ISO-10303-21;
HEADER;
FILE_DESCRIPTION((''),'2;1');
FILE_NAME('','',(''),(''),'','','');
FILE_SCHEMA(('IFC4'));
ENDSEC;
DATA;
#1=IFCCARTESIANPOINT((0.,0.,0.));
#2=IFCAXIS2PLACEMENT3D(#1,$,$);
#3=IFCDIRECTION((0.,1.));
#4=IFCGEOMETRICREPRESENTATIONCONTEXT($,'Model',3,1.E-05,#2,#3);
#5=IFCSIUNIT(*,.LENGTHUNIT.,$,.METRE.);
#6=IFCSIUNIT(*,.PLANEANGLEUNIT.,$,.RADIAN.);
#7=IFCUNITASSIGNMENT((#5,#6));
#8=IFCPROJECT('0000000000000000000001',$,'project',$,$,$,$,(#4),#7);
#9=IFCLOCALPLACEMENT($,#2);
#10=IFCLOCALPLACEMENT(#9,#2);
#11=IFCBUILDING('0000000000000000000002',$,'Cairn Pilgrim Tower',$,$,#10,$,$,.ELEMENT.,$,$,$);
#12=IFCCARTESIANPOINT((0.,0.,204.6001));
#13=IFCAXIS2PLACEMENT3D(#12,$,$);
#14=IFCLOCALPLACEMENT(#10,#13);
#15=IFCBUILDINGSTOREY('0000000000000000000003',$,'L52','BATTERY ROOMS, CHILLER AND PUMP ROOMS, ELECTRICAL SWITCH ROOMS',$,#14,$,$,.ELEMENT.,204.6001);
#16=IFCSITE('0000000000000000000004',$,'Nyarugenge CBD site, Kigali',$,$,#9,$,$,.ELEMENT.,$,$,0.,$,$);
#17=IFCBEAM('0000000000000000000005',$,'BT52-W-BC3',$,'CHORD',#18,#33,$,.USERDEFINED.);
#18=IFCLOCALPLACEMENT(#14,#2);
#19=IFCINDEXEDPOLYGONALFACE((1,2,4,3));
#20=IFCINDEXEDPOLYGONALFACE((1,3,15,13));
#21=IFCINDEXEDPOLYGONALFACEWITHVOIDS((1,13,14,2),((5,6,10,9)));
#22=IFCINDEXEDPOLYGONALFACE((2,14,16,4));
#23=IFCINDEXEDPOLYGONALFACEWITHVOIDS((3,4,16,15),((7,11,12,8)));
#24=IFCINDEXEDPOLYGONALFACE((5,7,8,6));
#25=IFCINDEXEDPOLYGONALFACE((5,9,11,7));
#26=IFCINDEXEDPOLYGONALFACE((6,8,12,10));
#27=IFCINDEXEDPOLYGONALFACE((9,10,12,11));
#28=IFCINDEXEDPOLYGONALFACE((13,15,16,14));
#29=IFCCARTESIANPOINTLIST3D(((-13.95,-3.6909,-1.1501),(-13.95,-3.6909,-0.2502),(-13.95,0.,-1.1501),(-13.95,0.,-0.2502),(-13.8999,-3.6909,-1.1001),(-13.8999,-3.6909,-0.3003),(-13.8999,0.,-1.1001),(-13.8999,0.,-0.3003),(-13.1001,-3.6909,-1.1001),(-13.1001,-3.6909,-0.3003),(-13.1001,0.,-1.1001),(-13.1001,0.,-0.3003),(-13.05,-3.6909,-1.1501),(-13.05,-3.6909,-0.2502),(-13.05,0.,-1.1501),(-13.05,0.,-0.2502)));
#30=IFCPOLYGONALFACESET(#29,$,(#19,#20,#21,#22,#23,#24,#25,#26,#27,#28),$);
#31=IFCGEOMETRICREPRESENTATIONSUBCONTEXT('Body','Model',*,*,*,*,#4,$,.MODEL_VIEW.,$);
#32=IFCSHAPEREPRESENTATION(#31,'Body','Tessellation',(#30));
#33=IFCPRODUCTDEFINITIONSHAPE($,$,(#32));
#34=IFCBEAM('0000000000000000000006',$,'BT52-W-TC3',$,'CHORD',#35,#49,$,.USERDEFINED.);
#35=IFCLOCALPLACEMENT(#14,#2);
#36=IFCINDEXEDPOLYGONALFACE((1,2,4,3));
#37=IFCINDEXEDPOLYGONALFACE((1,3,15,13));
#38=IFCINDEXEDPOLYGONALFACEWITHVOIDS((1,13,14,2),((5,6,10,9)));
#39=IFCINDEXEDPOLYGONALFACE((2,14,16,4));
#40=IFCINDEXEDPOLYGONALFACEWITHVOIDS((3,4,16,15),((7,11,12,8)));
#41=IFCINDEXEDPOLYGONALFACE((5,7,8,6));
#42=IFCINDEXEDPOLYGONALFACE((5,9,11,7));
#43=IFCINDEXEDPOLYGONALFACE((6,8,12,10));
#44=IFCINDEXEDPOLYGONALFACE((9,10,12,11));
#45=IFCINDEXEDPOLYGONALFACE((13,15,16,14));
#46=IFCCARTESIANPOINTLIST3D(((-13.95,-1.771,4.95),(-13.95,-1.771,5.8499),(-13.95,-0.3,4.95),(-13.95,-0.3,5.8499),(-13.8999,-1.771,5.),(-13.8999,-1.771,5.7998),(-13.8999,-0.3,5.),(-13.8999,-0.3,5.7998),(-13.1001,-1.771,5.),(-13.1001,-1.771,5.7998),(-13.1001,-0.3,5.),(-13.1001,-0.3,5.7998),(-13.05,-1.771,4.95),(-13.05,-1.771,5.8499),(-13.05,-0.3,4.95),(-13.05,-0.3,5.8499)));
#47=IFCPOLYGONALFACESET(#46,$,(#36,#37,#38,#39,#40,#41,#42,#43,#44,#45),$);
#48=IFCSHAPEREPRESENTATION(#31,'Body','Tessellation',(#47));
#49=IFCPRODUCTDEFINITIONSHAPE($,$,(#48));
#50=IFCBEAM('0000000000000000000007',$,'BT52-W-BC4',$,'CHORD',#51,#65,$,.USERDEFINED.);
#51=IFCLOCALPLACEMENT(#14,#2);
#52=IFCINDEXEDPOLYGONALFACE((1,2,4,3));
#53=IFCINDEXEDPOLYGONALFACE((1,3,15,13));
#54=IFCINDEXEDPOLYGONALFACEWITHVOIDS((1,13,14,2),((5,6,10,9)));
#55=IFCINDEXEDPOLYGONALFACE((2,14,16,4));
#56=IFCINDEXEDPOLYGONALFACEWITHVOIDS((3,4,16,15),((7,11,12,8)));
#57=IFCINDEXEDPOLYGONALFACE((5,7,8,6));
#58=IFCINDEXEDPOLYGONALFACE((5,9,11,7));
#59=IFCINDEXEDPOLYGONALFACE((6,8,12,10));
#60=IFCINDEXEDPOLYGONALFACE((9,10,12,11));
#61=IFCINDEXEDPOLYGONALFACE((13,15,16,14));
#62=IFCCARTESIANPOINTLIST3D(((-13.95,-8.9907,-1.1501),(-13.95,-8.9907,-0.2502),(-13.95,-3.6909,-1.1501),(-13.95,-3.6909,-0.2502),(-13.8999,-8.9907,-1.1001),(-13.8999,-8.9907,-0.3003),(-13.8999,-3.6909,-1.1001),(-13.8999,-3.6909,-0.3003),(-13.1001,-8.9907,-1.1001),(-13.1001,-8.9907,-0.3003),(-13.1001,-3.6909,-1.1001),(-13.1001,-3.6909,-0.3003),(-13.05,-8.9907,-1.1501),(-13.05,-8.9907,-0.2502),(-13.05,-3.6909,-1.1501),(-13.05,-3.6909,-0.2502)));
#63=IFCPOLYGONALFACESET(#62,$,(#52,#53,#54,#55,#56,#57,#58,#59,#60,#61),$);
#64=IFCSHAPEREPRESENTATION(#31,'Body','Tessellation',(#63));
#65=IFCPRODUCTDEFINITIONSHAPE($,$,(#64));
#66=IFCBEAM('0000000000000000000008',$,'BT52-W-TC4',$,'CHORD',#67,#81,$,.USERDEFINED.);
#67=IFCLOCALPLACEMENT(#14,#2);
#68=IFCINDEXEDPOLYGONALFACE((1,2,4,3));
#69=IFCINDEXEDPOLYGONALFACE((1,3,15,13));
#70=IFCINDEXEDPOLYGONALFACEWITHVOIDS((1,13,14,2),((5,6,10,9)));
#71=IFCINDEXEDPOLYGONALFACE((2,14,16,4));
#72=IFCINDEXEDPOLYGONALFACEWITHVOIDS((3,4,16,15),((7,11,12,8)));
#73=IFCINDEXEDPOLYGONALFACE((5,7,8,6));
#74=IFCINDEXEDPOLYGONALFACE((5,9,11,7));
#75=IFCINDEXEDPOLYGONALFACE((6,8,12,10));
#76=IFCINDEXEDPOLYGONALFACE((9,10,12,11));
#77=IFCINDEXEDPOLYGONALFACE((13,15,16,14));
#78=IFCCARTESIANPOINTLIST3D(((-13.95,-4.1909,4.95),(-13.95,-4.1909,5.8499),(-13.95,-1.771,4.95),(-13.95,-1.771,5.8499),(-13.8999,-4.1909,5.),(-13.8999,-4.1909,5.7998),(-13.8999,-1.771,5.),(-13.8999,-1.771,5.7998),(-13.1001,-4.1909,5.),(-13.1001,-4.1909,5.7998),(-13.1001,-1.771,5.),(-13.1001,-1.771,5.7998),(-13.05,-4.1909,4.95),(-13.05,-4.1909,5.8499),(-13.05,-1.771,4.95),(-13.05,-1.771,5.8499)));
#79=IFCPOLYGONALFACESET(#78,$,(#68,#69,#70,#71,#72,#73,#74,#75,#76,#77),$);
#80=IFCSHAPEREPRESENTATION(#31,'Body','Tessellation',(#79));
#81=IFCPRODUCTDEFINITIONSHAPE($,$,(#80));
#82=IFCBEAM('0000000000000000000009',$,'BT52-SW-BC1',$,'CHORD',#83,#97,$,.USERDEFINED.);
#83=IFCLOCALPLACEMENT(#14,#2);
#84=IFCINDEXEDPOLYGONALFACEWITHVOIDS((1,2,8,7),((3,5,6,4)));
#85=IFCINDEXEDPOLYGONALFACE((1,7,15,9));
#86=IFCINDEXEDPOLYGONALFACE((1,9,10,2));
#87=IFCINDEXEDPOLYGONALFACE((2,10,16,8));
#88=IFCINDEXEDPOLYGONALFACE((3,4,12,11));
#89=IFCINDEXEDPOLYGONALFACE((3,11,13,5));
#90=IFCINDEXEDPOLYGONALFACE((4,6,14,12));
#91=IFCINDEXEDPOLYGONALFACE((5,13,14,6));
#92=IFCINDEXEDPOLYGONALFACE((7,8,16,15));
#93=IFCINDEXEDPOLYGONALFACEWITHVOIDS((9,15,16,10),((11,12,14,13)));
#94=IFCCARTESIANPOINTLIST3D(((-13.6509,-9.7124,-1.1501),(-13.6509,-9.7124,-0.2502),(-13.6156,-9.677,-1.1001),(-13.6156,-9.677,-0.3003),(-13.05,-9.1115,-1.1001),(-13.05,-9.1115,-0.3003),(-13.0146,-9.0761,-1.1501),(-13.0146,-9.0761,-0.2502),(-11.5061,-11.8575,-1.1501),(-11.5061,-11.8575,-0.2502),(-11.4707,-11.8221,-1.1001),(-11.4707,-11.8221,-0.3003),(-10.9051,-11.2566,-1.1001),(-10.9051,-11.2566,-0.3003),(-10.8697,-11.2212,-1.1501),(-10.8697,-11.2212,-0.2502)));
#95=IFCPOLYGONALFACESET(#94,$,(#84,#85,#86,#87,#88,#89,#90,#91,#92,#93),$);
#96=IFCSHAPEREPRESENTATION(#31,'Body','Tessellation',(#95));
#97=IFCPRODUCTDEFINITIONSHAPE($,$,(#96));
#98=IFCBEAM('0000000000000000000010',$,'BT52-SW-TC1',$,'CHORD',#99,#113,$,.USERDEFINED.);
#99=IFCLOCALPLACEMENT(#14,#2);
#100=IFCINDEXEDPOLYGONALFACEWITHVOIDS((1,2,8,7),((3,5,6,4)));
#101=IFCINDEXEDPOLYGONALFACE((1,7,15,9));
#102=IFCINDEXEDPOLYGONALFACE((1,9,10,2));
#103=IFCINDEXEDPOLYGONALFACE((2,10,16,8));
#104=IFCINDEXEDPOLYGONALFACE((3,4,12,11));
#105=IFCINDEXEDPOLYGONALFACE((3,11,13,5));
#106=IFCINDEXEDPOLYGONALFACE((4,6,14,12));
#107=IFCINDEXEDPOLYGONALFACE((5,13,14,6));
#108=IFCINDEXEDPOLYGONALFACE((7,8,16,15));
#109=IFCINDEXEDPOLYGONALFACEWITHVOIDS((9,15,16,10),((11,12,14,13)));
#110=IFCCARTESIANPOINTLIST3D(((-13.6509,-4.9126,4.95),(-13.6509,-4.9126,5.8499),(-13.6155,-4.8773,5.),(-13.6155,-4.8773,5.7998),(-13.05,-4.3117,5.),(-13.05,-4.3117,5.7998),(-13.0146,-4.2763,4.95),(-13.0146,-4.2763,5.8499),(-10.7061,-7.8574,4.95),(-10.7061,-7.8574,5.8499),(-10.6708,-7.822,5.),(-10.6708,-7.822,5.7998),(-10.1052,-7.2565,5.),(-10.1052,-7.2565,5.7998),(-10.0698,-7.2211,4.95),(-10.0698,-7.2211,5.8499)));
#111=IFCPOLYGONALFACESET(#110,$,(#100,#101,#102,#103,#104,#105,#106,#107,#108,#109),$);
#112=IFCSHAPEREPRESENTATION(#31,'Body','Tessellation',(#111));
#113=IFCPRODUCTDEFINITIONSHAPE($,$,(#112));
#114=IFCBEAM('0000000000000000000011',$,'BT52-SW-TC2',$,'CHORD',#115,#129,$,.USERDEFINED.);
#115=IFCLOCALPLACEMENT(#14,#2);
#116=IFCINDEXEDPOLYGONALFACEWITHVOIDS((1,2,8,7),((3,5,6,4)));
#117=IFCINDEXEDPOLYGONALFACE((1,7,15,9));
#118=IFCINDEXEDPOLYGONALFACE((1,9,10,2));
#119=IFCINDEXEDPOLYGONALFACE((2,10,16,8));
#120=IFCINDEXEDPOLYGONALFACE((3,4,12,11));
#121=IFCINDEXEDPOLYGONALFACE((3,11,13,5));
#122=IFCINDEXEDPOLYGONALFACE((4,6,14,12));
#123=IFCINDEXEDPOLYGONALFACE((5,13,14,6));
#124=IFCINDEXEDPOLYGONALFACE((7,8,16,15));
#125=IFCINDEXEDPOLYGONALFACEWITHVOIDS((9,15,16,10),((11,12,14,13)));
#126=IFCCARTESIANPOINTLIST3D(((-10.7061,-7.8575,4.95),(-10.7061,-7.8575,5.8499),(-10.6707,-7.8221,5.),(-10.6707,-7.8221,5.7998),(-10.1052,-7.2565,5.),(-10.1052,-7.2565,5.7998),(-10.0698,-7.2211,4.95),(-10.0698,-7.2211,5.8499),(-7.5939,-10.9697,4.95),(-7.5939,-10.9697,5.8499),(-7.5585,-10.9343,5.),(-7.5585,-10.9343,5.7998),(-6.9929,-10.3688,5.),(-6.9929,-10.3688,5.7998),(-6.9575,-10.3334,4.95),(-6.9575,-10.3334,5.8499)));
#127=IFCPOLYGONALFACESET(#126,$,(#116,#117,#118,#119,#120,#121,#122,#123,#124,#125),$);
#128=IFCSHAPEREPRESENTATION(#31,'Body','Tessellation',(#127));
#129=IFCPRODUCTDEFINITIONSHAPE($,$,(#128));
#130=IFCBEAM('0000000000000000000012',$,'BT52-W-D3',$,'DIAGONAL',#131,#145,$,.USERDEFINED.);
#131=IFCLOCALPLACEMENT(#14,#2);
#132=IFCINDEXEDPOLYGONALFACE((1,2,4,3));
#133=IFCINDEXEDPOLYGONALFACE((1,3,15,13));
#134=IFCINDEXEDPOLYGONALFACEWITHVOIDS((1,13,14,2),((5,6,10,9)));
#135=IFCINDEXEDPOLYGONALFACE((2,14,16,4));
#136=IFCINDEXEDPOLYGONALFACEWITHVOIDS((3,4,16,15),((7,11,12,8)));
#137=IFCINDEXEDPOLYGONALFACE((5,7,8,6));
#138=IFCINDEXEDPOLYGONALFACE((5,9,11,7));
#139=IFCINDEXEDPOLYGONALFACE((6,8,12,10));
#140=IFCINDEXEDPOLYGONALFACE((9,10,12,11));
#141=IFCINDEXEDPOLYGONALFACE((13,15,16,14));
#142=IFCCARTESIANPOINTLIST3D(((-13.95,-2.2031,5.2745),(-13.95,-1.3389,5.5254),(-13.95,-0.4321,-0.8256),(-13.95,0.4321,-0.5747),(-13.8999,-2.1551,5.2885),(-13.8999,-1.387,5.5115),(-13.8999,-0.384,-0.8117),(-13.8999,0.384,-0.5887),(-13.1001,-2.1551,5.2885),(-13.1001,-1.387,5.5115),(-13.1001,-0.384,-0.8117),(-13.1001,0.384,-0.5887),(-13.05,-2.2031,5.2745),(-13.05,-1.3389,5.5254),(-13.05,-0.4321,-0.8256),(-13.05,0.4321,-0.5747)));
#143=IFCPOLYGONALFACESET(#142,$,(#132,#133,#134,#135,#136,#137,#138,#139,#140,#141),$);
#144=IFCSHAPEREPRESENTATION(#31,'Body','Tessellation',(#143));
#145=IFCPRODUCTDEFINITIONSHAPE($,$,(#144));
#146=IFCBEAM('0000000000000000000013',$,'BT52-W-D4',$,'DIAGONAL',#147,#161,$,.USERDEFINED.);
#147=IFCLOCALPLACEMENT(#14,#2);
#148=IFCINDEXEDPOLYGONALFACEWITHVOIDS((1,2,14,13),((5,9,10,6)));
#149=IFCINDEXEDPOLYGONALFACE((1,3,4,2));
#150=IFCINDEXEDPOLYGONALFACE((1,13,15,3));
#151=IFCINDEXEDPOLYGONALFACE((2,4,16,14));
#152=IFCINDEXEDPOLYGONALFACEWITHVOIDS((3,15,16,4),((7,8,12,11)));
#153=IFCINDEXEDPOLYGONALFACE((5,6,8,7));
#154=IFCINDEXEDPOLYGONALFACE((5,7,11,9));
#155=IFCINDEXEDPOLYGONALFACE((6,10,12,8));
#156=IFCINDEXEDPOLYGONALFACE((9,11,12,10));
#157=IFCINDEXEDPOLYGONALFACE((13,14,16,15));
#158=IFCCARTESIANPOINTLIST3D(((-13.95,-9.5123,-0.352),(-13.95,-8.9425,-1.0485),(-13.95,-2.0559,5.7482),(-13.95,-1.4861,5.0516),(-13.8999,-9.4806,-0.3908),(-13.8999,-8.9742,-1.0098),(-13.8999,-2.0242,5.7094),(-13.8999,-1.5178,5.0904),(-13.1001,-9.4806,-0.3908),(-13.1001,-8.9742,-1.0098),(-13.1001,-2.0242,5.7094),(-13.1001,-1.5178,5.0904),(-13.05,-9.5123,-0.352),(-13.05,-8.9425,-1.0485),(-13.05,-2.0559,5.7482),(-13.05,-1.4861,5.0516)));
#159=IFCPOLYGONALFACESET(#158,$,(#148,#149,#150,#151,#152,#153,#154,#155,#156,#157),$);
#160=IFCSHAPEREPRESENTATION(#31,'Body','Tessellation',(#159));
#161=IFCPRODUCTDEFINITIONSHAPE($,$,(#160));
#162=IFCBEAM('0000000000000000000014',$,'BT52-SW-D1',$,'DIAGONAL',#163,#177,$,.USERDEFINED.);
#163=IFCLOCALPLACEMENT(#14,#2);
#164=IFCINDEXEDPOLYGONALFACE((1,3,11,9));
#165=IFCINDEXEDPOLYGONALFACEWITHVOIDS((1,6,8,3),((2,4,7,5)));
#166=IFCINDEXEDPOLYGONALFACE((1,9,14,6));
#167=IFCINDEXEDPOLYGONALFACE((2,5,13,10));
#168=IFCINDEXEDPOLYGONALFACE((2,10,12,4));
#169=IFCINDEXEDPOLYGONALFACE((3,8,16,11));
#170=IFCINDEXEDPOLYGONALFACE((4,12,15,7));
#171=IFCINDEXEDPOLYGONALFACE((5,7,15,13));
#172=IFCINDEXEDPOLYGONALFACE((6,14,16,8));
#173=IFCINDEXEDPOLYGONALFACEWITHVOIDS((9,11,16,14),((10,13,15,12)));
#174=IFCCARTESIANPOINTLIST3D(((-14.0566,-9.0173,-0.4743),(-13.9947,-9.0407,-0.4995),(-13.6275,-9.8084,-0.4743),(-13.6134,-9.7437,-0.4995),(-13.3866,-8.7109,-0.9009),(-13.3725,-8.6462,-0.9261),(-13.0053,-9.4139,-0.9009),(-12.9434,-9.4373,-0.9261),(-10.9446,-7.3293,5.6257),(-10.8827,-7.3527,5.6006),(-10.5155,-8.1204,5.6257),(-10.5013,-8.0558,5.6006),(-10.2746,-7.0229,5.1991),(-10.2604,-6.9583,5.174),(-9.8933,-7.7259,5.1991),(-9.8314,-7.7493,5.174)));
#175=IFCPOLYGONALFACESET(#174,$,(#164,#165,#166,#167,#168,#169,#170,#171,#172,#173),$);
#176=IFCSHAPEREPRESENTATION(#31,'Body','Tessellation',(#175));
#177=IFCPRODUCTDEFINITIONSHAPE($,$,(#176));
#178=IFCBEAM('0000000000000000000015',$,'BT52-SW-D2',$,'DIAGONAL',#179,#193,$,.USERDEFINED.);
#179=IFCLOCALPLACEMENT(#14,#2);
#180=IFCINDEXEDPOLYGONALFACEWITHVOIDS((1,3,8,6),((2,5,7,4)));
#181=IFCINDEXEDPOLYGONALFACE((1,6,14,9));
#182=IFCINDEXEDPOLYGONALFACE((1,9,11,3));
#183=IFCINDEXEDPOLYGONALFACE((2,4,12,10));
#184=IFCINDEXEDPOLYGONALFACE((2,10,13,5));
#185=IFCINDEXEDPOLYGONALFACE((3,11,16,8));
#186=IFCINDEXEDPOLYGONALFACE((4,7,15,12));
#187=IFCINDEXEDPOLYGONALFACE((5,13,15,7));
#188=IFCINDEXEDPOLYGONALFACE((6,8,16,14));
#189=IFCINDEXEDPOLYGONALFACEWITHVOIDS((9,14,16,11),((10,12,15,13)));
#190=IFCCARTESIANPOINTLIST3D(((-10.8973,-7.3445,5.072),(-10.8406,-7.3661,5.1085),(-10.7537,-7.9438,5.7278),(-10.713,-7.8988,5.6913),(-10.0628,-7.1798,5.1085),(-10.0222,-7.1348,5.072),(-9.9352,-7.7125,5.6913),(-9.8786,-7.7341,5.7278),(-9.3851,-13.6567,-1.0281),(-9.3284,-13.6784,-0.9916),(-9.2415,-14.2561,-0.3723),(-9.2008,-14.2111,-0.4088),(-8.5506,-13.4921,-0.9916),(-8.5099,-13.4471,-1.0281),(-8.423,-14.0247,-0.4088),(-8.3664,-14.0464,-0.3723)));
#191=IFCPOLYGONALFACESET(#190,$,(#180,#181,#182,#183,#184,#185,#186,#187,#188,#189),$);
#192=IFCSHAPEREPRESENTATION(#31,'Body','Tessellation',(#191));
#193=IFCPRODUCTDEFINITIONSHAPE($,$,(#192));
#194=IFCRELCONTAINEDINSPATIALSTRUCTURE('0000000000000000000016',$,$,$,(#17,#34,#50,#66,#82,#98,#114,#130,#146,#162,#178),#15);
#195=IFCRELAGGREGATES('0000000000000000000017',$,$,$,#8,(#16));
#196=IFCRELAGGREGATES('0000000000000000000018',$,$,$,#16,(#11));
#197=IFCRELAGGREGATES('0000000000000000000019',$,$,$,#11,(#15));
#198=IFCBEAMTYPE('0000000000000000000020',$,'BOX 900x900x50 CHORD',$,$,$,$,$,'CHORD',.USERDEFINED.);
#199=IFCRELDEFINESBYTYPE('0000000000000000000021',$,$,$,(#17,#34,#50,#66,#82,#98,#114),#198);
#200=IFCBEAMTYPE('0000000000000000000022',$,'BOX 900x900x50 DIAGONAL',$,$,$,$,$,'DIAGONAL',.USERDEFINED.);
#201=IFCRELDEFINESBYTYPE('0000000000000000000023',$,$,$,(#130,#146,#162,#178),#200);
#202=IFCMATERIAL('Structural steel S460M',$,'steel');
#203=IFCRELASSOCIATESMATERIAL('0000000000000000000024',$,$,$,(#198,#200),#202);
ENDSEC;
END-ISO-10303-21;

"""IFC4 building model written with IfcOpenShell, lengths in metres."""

from ifc_helpers import new_model, si_unit, direction, frame, origin, origin_2d, place, context, subcontext, project, spatial, hollow_rectangle, extrude, material, material_profile, profile_set, type_object, element, save


model = new_model("IFC4")

# Units and contexts
model_context = context("Model", 3, precision=1e-05, world=origin(), true_north=direction((0.0, 1.0)))
body_context = subcontext(model_context, "Body", "Model", "MODEL_VIEW")
ifc_project = project(units=[si_unit("LENGTHUNIT", "METRE"), si_unit("PLANEANGLEUNIT", "RADIAN")], contexts=[model_context])

# Site, building, storey
site_placement = place(None, origin())
site = spatial("IfcSite", under=ifc_project, at=site_placement, Name="Nyarugenge CBD site, Kigali", CompositionType="ELEMENT", RefElevation=0.0)
building_placement = place(site_placement, origin())
building = spatial("IfcBuilding", under=site, at=building_placement, Name="Cairn Pilgrim Tower", CompositionType="ELEMENT")
storey_placement = place(building_placement, frame((0.0, 0.0, 204.6001)))
storey = spatial("IfcBuildingStorey", under=building, at=storey_placement, Name="L52", Description="BATTERY ROOMS, CHILLER AND PUMP ROOMS, ELECTRICAL SWITCH ROOMS", CompositionType="ELEMENT", Elevation=204.6001)

# Shared definitions
ifc_material_1 = material(Name="Structural steel S460M", Category="steel")

# Beams
ifc_material_profile_1 = material_profile(ifc_material_1, hollow_rectangle(XDim=0.8999, YDim=0.8999, WallThickness=0.05, at=origin_2d()), Name="BOX 900x900x50")
ifc_profile_set_1 = profile_set([ifc_material_profile_1], Name="Structural steel S460M")
beam_type_1 = type_object("IfcBeamType", Name="BOX 900x900x50 CHORD", ElementType="CHORD", PredefinedType="USERDEFINED", material=ifc_profile_set_1)
beam_1_placement = place(storey_placement, frame((-13.5, 0.0, -0.7002), z_axis=(0.0, -1.0, 0.0), x_axis=(1.0, 0.0, 0.0)))
element("IfcBeam", 1, at=beam_1_placement, inside=storey, type_object=beam_type_1, Name="BT52-W-BC3", ObjectType="CHORD", PredefinedType="USERDEFINED", context=body_context, shape_type="SweptSolid", body=[
    extrude(hollow_rectangle(XDim=0.8999, YDim=0.8999, WallThickness=0.05, at=origin_2d()), origin(), (0.0, 0.0, 1.0), 3.6909),
])
beam_2_placement = place(storey_placement, frame((-13.5, -0.3, 5.3999), z_axis=(0.0, -1.0, 0.0), x_axis=(1.0, 0.0, 0.0)))
element("IfcBeam", 2, at=beam_2_placement, inside=storey, type_object=beam_type_1, Name="BT52-W-TC3", ObjectType="CHORD", PredefinedType="USERDEFINED", context=body_context, shape_type="SweptSolid", body=[
    extrude(hollow_rectangle(XDim=0.8999, YDim=0.8999, WallThickness=0.05, at=origin_2d()), origin(), (0.0, 0.0, 1.0), 1.4709),
])
beam_3_placement = place(storey_placement, frame((-13.5, -3.6909, -0.7002), z_axis=(0.0, -1.0, 0.0), x_axis=(1.0, 0.0, 0.0)))
element("IfcBeam", 3, at=beam_3_placement, inside=storey, type_object=beam_type_1, Name="BT52-W-BC4", ObjectType="CHORD", PredefinedType="USERDEFINED", context=body_context, shape_type="SweptSolid", body=[
    extrude(hollow_rectangle(XDim=0.8999, YDim=0.8999, WallThickness=0.05, at=origin_2d()), origin(), (0.0, 0.0, 1.0), 5.2998),
])
beam_4_placement = place(storey_placement, frame((-13.5, -1.771, 5.3999), z_axis=(0.0, -1.0, 0.0), x_axis=(1.0, 0.0, 0.0)))
element("IfcBeam", 4, at=beam_4_placement, inside=storey, type_object=beam_type_1, Name="BT52-W-TC4", ObjectType="CHORD", PredefinedType="USERDEFINED", context=body_context, shape_type="SweptSolid", body=[
    extrude(hollow_rectangle(XDim=0.8999, YDim=0.8999, WallThickness=0.05, at=origin_2d()), origin(), (0.0, 0.0, 1.0), 2.4199),
])
beam_5_placement = place(storey_placement, frame((-13.3328, -9.3943, -0.7002), z_axis=(0.707067, -0.707147, 0.0), x_axis=(0.707147, 0.707067, 0.0)))
element("IfcBeam", 5, at=beam_5_placement, inside=storey, type_object=beam_type_1, Name="BT52-SW-BC1", ObjectType="CHORD", PredefinedType="USERDEFINED", context=body_context, shape_type="SweptSolid", body=[
    extrude(hollow_rectangle(XDim=0.8999, YDim=0.8999, WallThickness=0.05, at=origin_2d()), origin(), (0.0, 0.0, 1.0), 3.0334),
])
beam_6_placement = place(storey_placement, frame((-13.3328, -4.5945, 5.3999), z_axis=(0.707107, -0.707107, 0.0), x_axis=(0.707107, 0.707107, 0.0)))
element("IfcBeam", 6, at=beam_6_placement, inside=storey, type_object=beam_type_1, Name="BT52-SW-TC1", ObjectType="CHORD", PredefinedType="USERDEFINED", context=body_context, shape_type="SweptSolid", body=[
    extrude(hollow_rectangle(XDim=0.8999, YDim=0.8999, WallThickness=0.05, at=origin_2d()), origin(), (0.0, 0.0, 1.0), 4.1646),
])
beam_7_placement = place(storey_placement, frame((-10.3879, -7.5393, 5.3999), z_axis=(0.707107, -0.707107, 0.0), x_axis=(0.707107, 0.707107, 0.0)))
element("IfcBeam", 7, at=beam_7_placement, inside=storey, type_object=beam_type_1, Name="BT52-SW-TC2", ObjectType="CHORD", PredefinedType="USERDEFINED", context=body_context, shape_type="SweptSolid", body=[
    extrude(hollow_rectangle(XDim=0.8999, YDim=0.8999, WallThickness=0.05, at=origin_2d()), origin(), (0.0, 0.0, 1.0), 4.4014),
])
ifc_material_profile_2 = material_profile(ifc_material_1, hollow_rectangle(XDim=0.8999, YDim=0.8999, WallThickness=0.05, at=origin_2d()), Name="BOX 900x900x50")
ifc_profile_set_2 = profile_set([ifc_material_profile_2], Name="Structural steel S460M")
beam_type_2 = type_object("IfcBeamType", Name="BOX 900x900x50 DIAGONAL", ElementType="DIAGONAL", PredefinedType="USERDEFINED", material=ifc_profile_set_2)
beam_8_placement = place(storey_placement, frame((-13.5, 0.0, -0.7002), z_axis=(0.0, -0.27881, 0.960346), x_axis=(1.0, 0.0, 0.0)))
element("IfcBeam", 8, at=beam_8_placement, inside=storey, type_object=beam_type_2, Name="BT52-W-D3", ObjectType="DIAGONAL", PredefinedType="USERDEFINED", context=body_context, shape_type="SweptSolid", body=[
    extrude(hollow_rectangle(XDim=0.8999, YDim=0.8999, WallThickness=0.05, at=origin_2d()), origin(), (0.0, 0.0, 1.0), 6.3521),
])
beam_9_placement = place(storey_placement, frame((-13.5, -1.771, 5.3999), z_axis=(0.0, -0.773983, -0.633206), x_axis=(1.0, 0.0, 0.0)))
element("IfcBeam", 9, at=beam_9_placement, inside=storey, type_object=beam_type_2, Name="BT52-W-D4", ObjectType="DIAGONAL", PredefinedType="USERDEFINED", context=body_context, shape_type="SweptSolid", body=[
    extrude(hollow_rectangle(XDim=0.8999, YDim=0.8999, WallThickness=0.05, at=origin_2d()), origin(), (0.0, 0.0, 1.0), 9.6338),
])
beam_10_placement = place(storey_placement, frame((-13.5, -9.2273, -0.7002), z_axis=(0.441237, 0.239328, 0.864889), x_axis=(-0.476783, 0.879021, 0.0)))
element("IfcBeam", 10, at=beam_10_placement, inside=storey, type_object=beam_type_2, Name="BT52-SW-D1", ObjectType="DIAGONAL", PredefinedType="USERDEFINED", context=body_context, shape_type="SweptSolid", body=[
    extrude(hollow_rectangle(XDim=0.8999, YDim=0.8999, WallThickness=0.05, at=origin_2d()), origin(), (0.0, 0.0, 1.0), 7.053),
])
beam_11_placement = place(storey_placement, frame((-10.3879, -7.5393, 5.3999), z_axis=(0.169769, -0.70865, -0.684832), x_axis=(0.972483, 0.232975, 0.0)))
element("IfcBeam", 11, at=beam_11_placement, inside=storey, type_object=beam_type_2, Name="BT52-SW-D2", ObjectType="DIAGONAL", PredefinedType="USERDEFINED", context=body_context, shape_type="SweptSolid", body=[
    extrude(hollow_rectangle(XDim=0.8999, YDim=0.8999, WallThickness=0.05, at=origin_2d()), origin(), (0.0, 0.0, 1.0), 8.9075),
])

save(model, "model.ifc")
